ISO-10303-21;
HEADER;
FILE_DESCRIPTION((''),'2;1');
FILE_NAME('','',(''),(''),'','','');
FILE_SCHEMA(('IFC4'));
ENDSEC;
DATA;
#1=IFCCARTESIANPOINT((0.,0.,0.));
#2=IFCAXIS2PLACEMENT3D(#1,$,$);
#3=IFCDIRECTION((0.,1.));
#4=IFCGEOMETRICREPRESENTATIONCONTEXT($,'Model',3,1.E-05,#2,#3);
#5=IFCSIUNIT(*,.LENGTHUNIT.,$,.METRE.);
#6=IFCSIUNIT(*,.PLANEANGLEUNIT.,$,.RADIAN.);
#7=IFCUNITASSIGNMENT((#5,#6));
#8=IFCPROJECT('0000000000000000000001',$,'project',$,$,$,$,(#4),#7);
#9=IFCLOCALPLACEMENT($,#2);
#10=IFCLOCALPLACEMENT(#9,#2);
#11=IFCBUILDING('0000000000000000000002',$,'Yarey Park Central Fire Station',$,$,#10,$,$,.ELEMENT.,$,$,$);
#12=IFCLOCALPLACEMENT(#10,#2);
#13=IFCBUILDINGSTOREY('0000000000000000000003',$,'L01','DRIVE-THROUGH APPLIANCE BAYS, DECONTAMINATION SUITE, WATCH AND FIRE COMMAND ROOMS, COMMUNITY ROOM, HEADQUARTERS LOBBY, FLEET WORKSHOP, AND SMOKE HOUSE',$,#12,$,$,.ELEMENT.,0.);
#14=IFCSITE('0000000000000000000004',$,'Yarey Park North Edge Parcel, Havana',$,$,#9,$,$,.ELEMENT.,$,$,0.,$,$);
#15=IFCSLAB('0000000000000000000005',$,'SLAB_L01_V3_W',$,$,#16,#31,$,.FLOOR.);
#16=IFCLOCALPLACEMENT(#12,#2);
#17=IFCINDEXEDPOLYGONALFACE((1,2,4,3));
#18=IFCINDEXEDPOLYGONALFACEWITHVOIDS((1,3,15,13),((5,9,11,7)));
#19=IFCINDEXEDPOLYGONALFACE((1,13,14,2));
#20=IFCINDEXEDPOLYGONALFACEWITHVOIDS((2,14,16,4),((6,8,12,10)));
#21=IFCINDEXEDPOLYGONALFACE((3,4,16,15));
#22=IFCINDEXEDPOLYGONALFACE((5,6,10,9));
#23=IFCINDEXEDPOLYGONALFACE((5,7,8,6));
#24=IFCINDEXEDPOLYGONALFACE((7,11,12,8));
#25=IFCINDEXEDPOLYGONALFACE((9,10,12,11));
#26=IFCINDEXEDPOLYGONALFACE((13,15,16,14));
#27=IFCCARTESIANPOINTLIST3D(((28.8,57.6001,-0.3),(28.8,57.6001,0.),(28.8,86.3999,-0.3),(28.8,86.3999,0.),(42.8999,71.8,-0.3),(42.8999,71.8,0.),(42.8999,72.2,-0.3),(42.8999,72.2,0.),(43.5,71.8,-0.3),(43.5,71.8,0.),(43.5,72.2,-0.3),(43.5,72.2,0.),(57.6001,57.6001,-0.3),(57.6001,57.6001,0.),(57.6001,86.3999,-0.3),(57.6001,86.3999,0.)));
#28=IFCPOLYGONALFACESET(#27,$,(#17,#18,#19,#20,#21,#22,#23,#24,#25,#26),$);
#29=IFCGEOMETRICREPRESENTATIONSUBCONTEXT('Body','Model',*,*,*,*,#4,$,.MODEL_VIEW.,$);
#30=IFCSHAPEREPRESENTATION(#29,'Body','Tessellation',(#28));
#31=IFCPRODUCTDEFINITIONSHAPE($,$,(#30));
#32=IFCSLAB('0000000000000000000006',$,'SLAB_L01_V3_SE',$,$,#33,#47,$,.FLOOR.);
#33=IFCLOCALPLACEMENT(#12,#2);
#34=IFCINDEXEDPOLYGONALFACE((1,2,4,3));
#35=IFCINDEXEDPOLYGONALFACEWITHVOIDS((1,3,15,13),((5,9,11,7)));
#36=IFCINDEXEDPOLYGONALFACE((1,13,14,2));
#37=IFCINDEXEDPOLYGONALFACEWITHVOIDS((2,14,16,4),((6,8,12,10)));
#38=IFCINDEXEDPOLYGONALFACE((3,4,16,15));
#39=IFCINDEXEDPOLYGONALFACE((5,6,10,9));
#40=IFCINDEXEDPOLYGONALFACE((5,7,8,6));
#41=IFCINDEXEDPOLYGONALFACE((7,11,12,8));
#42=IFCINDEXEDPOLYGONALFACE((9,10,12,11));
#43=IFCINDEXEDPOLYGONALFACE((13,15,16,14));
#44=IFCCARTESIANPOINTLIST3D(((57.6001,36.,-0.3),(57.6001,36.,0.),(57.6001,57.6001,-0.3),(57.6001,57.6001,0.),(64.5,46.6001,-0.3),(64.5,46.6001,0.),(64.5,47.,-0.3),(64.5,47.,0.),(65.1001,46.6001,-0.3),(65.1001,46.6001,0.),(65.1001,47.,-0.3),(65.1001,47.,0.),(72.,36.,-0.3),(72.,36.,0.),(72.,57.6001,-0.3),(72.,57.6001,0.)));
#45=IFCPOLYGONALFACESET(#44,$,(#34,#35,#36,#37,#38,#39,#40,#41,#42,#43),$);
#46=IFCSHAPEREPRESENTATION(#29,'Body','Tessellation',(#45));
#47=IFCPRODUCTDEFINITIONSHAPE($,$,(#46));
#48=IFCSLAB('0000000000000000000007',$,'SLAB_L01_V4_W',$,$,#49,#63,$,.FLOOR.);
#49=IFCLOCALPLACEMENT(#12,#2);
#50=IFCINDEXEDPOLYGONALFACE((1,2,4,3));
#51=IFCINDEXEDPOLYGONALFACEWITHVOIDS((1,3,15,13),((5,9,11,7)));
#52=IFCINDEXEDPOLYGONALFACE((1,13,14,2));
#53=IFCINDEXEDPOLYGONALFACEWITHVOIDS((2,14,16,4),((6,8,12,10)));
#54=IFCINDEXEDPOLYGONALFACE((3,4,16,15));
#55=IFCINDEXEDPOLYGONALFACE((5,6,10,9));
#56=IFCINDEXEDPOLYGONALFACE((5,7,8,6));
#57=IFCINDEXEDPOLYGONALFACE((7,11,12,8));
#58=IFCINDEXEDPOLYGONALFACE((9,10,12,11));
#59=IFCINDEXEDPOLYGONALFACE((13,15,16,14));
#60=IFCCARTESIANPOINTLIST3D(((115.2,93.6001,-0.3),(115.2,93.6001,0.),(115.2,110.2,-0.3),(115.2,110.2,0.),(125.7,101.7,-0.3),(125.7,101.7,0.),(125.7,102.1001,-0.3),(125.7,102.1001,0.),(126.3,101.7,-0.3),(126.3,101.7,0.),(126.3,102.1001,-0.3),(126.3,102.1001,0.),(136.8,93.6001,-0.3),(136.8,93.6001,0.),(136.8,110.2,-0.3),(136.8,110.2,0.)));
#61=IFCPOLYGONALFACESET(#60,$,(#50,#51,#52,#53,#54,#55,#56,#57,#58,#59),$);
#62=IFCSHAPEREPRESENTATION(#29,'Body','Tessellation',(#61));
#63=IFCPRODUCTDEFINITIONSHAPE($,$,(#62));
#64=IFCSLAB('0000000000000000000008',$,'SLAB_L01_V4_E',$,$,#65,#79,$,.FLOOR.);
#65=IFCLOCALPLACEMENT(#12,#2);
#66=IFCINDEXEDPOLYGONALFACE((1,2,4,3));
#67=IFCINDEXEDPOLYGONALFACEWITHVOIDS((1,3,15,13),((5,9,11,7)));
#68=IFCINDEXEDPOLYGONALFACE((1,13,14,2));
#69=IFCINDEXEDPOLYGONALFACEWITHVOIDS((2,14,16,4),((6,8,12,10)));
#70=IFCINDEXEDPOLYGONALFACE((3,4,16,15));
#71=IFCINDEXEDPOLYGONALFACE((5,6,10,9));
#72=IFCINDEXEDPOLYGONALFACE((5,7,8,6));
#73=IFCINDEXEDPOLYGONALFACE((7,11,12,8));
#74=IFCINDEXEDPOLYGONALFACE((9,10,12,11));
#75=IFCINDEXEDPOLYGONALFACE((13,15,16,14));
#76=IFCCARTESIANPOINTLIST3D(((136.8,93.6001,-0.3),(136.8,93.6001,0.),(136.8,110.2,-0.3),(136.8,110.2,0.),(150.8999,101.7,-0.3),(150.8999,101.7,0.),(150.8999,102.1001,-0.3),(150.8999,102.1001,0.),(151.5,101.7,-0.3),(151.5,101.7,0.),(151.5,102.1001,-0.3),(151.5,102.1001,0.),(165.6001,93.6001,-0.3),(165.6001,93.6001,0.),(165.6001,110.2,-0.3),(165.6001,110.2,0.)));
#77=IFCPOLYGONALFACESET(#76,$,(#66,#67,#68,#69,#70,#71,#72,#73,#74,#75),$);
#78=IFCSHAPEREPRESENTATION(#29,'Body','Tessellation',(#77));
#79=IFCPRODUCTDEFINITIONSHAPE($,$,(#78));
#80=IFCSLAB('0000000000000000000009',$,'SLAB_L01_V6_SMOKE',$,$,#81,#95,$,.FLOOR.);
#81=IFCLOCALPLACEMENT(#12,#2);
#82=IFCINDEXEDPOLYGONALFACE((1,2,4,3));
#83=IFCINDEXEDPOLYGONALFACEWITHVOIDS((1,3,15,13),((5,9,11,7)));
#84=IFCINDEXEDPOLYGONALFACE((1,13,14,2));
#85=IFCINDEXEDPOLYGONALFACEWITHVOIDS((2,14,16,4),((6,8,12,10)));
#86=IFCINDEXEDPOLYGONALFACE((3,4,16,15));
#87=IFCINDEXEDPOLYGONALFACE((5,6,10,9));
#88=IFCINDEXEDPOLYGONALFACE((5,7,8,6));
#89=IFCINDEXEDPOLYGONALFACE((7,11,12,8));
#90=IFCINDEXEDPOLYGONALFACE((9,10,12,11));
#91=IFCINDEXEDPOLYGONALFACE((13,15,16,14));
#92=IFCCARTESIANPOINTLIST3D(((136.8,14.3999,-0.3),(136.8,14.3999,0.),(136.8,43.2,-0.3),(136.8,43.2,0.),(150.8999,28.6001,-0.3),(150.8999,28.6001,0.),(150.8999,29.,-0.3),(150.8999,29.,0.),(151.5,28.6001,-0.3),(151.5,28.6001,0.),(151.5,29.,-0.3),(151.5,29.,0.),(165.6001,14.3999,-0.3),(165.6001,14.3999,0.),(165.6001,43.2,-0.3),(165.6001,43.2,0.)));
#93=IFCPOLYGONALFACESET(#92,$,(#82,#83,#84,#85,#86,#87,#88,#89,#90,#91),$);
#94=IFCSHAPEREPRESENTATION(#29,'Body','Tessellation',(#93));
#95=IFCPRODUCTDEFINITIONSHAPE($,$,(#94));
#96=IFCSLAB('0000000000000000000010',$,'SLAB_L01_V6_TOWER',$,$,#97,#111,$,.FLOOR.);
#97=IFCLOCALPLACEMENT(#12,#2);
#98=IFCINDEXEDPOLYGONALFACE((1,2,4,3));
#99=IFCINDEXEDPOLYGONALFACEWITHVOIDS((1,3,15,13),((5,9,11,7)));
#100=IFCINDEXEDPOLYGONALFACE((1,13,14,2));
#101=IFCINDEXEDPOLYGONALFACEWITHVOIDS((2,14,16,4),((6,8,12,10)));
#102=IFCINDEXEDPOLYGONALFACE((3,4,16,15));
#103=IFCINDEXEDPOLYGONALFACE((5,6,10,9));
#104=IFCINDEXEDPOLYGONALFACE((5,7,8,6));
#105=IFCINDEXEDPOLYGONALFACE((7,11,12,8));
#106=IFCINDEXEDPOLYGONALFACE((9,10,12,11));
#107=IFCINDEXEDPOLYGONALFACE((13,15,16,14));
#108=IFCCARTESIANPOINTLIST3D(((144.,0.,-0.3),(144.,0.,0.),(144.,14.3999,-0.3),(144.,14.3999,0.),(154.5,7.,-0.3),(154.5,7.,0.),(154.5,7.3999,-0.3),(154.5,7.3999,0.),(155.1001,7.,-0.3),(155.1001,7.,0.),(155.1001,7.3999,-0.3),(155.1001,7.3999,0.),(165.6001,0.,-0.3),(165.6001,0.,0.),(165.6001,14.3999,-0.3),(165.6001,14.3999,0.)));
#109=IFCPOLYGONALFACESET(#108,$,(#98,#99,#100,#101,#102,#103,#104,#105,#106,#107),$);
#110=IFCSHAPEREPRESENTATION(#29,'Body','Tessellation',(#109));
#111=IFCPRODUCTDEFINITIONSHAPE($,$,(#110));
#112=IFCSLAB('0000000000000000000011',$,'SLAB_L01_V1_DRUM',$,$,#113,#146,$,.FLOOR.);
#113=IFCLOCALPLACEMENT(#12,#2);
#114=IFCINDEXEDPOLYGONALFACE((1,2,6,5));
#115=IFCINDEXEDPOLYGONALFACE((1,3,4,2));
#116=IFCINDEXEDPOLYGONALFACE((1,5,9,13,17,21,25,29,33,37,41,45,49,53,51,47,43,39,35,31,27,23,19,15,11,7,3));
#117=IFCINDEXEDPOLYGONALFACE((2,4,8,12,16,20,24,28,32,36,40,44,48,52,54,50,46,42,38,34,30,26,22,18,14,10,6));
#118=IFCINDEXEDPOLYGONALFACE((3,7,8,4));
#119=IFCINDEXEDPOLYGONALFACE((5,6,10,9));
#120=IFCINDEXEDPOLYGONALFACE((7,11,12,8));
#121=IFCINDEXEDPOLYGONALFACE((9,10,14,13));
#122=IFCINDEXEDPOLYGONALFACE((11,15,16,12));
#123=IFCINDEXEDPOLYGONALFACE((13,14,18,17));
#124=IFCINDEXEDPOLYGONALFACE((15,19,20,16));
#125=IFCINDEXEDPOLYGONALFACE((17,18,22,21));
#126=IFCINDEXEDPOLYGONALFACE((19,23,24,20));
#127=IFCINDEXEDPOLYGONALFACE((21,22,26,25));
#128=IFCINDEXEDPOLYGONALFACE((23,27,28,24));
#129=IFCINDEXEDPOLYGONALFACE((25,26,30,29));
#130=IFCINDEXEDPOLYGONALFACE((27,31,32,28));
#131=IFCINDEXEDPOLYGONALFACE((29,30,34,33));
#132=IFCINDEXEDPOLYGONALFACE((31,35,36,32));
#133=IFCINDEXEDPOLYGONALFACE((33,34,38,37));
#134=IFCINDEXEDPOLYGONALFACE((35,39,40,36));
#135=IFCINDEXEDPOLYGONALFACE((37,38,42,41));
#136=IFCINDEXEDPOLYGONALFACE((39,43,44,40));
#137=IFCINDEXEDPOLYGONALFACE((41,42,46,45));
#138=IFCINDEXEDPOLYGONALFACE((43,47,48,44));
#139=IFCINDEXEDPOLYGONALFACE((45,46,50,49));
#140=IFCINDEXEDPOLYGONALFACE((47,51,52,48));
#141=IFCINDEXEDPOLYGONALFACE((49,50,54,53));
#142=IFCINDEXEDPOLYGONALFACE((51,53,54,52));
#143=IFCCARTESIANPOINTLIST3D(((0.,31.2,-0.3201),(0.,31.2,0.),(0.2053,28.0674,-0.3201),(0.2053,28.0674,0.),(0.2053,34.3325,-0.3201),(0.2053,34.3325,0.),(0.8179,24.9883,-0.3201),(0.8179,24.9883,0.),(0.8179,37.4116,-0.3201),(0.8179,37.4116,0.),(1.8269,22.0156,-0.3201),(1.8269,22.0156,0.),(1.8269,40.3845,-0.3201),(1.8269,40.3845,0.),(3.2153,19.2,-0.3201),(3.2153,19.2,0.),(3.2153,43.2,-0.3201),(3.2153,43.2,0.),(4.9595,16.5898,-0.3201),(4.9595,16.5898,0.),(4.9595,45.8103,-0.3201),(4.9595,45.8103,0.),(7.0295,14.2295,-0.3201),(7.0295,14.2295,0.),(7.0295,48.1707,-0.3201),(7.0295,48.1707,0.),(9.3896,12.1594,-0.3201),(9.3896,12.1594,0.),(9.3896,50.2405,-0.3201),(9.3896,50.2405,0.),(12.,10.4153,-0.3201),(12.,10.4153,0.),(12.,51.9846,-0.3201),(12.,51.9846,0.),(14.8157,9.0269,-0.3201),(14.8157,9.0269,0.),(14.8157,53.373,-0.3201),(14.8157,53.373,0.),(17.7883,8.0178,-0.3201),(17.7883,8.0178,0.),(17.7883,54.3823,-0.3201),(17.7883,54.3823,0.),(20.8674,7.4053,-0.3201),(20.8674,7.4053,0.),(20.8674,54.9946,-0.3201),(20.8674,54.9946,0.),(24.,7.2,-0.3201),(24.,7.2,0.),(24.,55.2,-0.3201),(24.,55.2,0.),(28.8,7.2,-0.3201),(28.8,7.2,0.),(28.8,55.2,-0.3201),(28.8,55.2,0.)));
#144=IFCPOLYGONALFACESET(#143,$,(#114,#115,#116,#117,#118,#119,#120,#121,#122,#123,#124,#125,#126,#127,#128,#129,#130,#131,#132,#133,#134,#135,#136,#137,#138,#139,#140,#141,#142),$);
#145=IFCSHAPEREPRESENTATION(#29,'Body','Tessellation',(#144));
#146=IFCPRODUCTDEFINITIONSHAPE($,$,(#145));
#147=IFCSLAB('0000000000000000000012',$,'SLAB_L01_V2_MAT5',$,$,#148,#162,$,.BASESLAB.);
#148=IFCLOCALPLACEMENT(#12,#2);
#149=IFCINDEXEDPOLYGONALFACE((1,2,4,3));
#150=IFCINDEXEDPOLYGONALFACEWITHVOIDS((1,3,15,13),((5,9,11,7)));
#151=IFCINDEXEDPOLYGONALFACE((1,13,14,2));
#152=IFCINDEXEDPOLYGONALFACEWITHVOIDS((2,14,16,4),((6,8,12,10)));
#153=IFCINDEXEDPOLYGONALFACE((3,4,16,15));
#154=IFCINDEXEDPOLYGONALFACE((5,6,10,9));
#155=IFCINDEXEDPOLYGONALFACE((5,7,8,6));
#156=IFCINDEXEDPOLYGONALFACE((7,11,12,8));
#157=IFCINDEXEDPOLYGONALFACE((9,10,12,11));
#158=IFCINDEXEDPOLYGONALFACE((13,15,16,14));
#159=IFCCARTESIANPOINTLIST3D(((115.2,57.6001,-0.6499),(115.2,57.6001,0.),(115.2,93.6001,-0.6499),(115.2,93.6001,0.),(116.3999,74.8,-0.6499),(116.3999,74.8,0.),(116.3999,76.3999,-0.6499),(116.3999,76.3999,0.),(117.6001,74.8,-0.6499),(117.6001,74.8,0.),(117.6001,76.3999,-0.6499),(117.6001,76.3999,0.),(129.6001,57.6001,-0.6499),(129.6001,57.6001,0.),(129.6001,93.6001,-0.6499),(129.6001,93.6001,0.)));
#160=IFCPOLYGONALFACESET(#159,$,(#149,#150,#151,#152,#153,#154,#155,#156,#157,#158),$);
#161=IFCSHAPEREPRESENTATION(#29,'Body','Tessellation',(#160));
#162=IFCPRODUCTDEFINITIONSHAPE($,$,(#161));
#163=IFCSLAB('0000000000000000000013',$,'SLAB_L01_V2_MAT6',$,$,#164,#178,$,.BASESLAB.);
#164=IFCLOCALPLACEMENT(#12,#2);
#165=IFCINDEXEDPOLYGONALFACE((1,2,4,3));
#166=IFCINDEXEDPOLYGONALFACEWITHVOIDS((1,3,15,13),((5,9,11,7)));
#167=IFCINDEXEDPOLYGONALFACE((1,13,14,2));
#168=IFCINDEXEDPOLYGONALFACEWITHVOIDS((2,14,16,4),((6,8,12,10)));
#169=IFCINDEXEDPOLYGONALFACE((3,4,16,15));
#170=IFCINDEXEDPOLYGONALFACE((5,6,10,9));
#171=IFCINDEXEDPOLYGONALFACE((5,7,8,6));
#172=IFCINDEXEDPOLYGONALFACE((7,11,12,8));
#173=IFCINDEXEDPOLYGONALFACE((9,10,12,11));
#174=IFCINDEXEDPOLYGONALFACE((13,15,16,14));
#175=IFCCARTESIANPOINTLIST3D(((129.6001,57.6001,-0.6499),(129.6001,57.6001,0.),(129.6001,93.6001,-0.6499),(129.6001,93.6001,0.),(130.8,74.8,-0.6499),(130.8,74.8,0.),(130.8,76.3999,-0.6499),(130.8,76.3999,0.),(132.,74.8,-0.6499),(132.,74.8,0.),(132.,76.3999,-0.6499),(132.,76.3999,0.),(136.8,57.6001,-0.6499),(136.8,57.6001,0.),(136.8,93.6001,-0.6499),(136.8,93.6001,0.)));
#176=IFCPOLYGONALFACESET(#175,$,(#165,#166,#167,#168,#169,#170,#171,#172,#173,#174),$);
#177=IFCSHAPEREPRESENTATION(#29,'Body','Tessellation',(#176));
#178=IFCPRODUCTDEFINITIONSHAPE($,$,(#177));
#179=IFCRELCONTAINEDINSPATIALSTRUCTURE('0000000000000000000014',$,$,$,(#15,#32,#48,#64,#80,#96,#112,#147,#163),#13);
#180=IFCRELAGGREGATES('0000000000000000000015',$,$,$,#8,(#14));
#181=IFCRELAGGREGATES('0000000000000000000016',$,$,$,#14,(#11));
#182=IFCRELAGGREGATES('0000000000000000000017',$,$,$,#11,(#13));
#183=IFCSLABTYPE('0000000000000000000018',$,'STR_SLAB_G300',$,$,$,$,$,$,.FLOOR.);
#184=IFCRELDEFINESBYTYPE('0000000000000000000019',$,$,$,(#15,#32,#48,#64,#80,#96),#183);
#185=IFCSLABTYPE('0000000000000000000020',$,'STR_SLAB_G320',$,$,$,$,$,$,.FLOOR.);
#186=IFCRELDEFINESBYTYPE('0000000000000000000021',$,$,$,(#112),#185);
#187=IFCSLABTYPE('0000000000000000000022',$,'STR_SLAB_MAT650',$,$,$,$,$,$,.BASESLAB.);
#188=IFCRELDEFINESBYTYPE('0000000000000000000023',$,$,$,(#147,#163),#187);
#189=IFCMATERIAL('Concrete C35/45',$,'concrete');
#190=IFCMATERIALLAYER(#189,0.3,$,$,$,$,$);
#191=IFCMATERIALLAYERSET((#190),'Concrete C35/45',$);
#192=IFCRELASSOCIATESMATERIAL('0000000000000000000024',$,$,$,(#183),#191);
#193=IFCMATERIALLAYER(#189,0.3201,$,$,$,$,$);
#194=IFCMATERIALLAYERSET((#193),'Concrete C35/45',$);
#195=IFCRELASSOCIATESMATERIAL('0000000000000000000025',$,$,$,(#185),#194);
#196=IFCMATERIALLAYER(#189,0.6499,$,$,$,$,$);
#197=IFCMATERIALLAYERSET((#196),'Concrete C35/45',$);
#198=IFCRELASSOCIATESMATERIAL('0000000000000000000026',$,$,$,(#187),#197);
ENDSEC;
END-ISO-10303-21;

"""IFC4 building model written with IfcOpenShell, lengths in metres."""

from ifc_helpers import new_model, si_unit, direction, frame, origin, place, context, subcontext, project, spatial, polyline, outline, extrude, material, layer, layer_set, type_object, element, save


model = new_model("IFC4")

# Units and contexts
model_context = context("Model", 3, precision=1e-05, world=origin(), true_north=direction((0.0, 1.0)))
body_context = subcontext(model_context, "Body", "Model", "MODEL_VIEW")
ifc_project = project(units=[si_unit("LENGTHUNIT", "METRE"), si_unit("PLANEANGLEUNIT", "RADIAN")], contexts=[model_context])

# Site, building, storey
site_placement = place(None, origin())
site = spatial("IfcSite", under=ifc_project, at=site_placement, Name="Yarey Park North Edge Parcel, Havana", CompositionType="ELEMENT", RefElevation=0.0)
building_placement = place(site_placement, origin())
building = spatial("IfcBuilding", under=site, at=building_placement, Name="Yarey Park Central Fire Station", CompositionType="ELEMENT")
storey_placement = place(building_placement, origin())
storey = spatial("IfcBuildingStorey", under=building, at=storey_placement, Name="L01", Description="DRIVE-THROUGH APPLIANCE BAYS, DECONTAMINATION SUITE, WATCH AND FIRE COMMAND ROOMS, COMMUNITY ROOM, HEADQUARTERS LOBBY, FLEET WORKSHOP, AND SMOKE HOUSE", CompositionType="ELEMENT", Elevation=0.0)

# Slabs
ifc_material = material(Name="Concrete C35/45", Category="concrete")
ifc_layer_1 = layer(ifc_material, 0.3)
ifc_layer_set_1 = layer_set([ifc_layer_1], Name="Concrete C35/45")
slab_type_1 = type_object("IfcSlabType", Name="STR_SLAB_G300", PredefinedType="FLOOR", material=ifc_layer_set_1)
slab_1_placement = place(storey_placement, frame((0.0, 0.0, -0.3)))
element("IfcSlab", 1, at=slab_1_placement, inside=storey, type_object=slab_type_1, Name="SLAB_L01_V3_W", PredefinedType="FLOOR", context=body_context, shape_type="SweptSolid", body=[
    extrude(outline(polyline([(28.8, 57.6001), (57.6001, 57.6001), (57.6001, 86.3999), (28.8, 86.3999), (28.8, 57.6001)]), holes=[polyline([(42.8999, 71.8), (43.5, 71.8), (43.5, 72.2), (42.8999, 72.2), (42.8999, 71.8)])]), origin(), (0.0, 0.0, 1.0), 0.3),
])
slab_2_placement = place(storey_placement, frame((0.0, 0.0, -0.3)))
element("IfcSlab", 2, at=slab_2_placement, inside=storey, type_object=slab_type_1, Name="SLAB_L01_V3_SE", PredefinedType="FLOOR", context=body_context, shape_type="SweptSolid", body=[
    extrude(outline(polyline([(57.6001, 36.0), (72.0, 36.0), (72.0, 57.6001), (57.6001, 57.6001), (57.6001, 36.0)]), holes=[polyline([(64.5, 46.6001), (65.1001, 46.6001), (65.1001, 47.0), (64.5, 47.0), (64.5, 46.6001)])]), origin(), (0.0, 0.0, 1.0), 0.3),
])
slab_3_placement = place(storey_placement, frame((0.0, 0.0, -0.3)))
element("IfcSlab", 3, at=slab_3_placement, inside=storey, type_object=slab_type_1, Name="SLAB_L01_V4_W", PredefinedType="FLOOR", context=body_context, shape_type="SweptSolid", body=[
    extrude(outline(polyline([(115.2, 93.6001), (136.8, 93.6001), (136.8, 110.2), (115.2, 110.2), (115.2, 93.6001)]), holes=[polyline([(125.7, 101.7), (126.3, 101.7), (126.3, 102.1001), (125.7, 102.1001), (125.7, 101.7)])]), origin(), (0.0, 0.0, 1.0), 0.3),
])
slab_4_placement = place(storey_placement, frame((0.0, 0.0, -0.3)))
element("IfcSlab", 4, at=slab_4_placement, inside=storey, type_object=slab_type_1, Name="SLAB_L01_V4_E", PredefinedType="FLOOR", context=body_context, shape_type="SweptSolid", body=[
    extrude(outline(polyline([(136.8, 93.6001), (165.6001, 93.6001), (165.6001, 110.2), (136.8, 110.2), (136.8, 93.6001)]), holes=[polyline([(150.8999, 101.7), (151.5, 101.7), (151.5, 102.1001), (150.8999, 102.1001), (150.8999, 101.7)])]), origin(), (0.0, 0.0, 1.0), 0.3),
])
slab_5_placement = place(storey_placement, frame((0.0, 0.0, -0.3)))
element("IfcSlab", 5, at=slab_5_placement, inside=storey, type_object=slab_type_1, Name="SLAB_L01_V6_SMOKE", PredefinedType="FLOOR", context=body_context, shape_type="SweptSolid", body=[
    extrude(outline(polyline([(136.8, 14.3999), (165.6001, 14.3999), (165.6001, 43.2), (136.8, 43.2), (136.8, 14.3999)]), holes=[polyline([(150.8999, 28.6001), (151.5, 28.6001), (151.5, 29.0), (150.8999, 29.0), (150.8999, 28.6001)])]), origin(), (0.0, 0.0, 1.0), 0.3),
])
slab_6_placement = place(storey_placement, frame((0.0, 0.0, -0.3)))
element("IfcSlab", 6, at=slab_6_placement, inside=storey, type_object=slab_type_1, Name="SLAB_L01_V6_TOWER", PredefinedType="FLOOR", context=body_context, shape_type="SweptSolid", body=[
    extrude(outline(polyline([(144.0, 0.0), (165.6001, 0.0), (165.6001, 14.3999), (144.0, 14.3999), (144.0, 0.0)]), holes=[polyline([(154.5, 7.0), (155.1001, 7.0), (155.1001, 7.3999), (154.5, 7.3999), (154.5, 7.0)])]), origin(), (0.0, 0.0, 1.0), 0.3),
])
ifc_layer_2 = layer(ifc_material, 0.3201)
ifc_layer_set_2 = layer_set([ifc_layer_2], Name="Concrete C35/45")
slab_type_2 = type_object("IfcSlabType", Name="STR_SLAB_G320", PredefinedType="FLOOR", material=ifc_layer_set_2)
slab_7_placement = place(storey_placement, frame((0.0, 0.0, -0.3201)))
element("IfcSlab", 7, at=slab_7_placement, inside=storey, type_object=slab_type_2, Name="SLAB_L01_V1_DRUM", PredefinedType="FLOOR", context=body_context, shape_type="SweptSolid", body=[
    extrude(outline(polyline([(28.8, 55.2), (24.0, 55.2), (20.8674, 54.9946), (17.7883, 54.3823), (14.8157, 53.373), (12.0, 51.9846), (9.3896, 50.2405), (7.0295, 48.1707), (4.9595, 45.8103), (3.2153, 43.2), (1.8269, 40.3845), (0.8179, 37.4116), (0.2053, 34.3325), (0.0, 31.2), (0.2053, 28.0674), (0.8179, 24.9883), (1.8269, 22.0156), (3.2153, 19.2), (4.9595, 16.5898), (7.0295, 14.2295), (9.3896, 12.1594), (12.0, 10.4153), (14.8157, 9.0269), (17.7883, 8.0178), (20.8674, 7.4053), (24.0, 7.2), (28.8, 7.2), (28.8, 55.2)])), origin(), (0.0, 0.0, 1.0), 0.3201),
])
ifc_layer_3 = layer(ifc_material, 0.6499)
ifc_layer_set_3 = layer_set([ifc_layer_3], Name="Concrete C35/45")
slab_type_3 = type_object("IfcSlabType", Name="STR_SLAB_MAT650", PredefinedType="BASESLAB", material=ifc_layer_set_3)
slab_8_placement = place(storey_placement, frame((0.0, 0.0, -0.6499)))
element("IfcSlab", 8, at=slab_8_placement, inside=storey, type_object=slab_type_3, Name="SLAB_L01_V2_MAT5", PredefinedType="BASESLAB", context=body_context, shape_type="SweptSolid", body=[
    extrude(outline(polyline([(115.2, 57.6001), (129.6001, 57.6001), (129.6001, 93.6001), (115.2, 93.6001), (115.2, 57.6001)]), holes=[polyline([(116.3999, 74.8), (117.6001, 74.8), (117.6001, 76.3999), (116.3999, 76.3999), (116.3999, 74.8)])]), origin(), (0.0, 0.0, 1.0), 0.6499),
])
slab_9_placement = place(storey_placement, frame((0.0, 0.0, -0.6499)))
element("IfcSlab", 9, at=slab_9_placement, inside=storey, type_object=slab_type_3, Name="SLAB_L01_V2_MAT6", PredefinedType="BASESLAB", context=body_context, shape_type="SweptSolid", body=[
    extrude(outline(polyline([(129.6001, 57.6001), (136.8, 57.6001), (136.8, 93.6001), (129.6001, 93.6001), (129.6001, 57.6001)]), holes=[polyline([(130.8, 74.8), (132.0, 74.8), (132.0, 76.3999), (130.8, 76.3999), (130.8, 74.8)])]), origin(), (0.0, 0.0, 1.0), 0.6499),
])

save(model, "model.ifc")
